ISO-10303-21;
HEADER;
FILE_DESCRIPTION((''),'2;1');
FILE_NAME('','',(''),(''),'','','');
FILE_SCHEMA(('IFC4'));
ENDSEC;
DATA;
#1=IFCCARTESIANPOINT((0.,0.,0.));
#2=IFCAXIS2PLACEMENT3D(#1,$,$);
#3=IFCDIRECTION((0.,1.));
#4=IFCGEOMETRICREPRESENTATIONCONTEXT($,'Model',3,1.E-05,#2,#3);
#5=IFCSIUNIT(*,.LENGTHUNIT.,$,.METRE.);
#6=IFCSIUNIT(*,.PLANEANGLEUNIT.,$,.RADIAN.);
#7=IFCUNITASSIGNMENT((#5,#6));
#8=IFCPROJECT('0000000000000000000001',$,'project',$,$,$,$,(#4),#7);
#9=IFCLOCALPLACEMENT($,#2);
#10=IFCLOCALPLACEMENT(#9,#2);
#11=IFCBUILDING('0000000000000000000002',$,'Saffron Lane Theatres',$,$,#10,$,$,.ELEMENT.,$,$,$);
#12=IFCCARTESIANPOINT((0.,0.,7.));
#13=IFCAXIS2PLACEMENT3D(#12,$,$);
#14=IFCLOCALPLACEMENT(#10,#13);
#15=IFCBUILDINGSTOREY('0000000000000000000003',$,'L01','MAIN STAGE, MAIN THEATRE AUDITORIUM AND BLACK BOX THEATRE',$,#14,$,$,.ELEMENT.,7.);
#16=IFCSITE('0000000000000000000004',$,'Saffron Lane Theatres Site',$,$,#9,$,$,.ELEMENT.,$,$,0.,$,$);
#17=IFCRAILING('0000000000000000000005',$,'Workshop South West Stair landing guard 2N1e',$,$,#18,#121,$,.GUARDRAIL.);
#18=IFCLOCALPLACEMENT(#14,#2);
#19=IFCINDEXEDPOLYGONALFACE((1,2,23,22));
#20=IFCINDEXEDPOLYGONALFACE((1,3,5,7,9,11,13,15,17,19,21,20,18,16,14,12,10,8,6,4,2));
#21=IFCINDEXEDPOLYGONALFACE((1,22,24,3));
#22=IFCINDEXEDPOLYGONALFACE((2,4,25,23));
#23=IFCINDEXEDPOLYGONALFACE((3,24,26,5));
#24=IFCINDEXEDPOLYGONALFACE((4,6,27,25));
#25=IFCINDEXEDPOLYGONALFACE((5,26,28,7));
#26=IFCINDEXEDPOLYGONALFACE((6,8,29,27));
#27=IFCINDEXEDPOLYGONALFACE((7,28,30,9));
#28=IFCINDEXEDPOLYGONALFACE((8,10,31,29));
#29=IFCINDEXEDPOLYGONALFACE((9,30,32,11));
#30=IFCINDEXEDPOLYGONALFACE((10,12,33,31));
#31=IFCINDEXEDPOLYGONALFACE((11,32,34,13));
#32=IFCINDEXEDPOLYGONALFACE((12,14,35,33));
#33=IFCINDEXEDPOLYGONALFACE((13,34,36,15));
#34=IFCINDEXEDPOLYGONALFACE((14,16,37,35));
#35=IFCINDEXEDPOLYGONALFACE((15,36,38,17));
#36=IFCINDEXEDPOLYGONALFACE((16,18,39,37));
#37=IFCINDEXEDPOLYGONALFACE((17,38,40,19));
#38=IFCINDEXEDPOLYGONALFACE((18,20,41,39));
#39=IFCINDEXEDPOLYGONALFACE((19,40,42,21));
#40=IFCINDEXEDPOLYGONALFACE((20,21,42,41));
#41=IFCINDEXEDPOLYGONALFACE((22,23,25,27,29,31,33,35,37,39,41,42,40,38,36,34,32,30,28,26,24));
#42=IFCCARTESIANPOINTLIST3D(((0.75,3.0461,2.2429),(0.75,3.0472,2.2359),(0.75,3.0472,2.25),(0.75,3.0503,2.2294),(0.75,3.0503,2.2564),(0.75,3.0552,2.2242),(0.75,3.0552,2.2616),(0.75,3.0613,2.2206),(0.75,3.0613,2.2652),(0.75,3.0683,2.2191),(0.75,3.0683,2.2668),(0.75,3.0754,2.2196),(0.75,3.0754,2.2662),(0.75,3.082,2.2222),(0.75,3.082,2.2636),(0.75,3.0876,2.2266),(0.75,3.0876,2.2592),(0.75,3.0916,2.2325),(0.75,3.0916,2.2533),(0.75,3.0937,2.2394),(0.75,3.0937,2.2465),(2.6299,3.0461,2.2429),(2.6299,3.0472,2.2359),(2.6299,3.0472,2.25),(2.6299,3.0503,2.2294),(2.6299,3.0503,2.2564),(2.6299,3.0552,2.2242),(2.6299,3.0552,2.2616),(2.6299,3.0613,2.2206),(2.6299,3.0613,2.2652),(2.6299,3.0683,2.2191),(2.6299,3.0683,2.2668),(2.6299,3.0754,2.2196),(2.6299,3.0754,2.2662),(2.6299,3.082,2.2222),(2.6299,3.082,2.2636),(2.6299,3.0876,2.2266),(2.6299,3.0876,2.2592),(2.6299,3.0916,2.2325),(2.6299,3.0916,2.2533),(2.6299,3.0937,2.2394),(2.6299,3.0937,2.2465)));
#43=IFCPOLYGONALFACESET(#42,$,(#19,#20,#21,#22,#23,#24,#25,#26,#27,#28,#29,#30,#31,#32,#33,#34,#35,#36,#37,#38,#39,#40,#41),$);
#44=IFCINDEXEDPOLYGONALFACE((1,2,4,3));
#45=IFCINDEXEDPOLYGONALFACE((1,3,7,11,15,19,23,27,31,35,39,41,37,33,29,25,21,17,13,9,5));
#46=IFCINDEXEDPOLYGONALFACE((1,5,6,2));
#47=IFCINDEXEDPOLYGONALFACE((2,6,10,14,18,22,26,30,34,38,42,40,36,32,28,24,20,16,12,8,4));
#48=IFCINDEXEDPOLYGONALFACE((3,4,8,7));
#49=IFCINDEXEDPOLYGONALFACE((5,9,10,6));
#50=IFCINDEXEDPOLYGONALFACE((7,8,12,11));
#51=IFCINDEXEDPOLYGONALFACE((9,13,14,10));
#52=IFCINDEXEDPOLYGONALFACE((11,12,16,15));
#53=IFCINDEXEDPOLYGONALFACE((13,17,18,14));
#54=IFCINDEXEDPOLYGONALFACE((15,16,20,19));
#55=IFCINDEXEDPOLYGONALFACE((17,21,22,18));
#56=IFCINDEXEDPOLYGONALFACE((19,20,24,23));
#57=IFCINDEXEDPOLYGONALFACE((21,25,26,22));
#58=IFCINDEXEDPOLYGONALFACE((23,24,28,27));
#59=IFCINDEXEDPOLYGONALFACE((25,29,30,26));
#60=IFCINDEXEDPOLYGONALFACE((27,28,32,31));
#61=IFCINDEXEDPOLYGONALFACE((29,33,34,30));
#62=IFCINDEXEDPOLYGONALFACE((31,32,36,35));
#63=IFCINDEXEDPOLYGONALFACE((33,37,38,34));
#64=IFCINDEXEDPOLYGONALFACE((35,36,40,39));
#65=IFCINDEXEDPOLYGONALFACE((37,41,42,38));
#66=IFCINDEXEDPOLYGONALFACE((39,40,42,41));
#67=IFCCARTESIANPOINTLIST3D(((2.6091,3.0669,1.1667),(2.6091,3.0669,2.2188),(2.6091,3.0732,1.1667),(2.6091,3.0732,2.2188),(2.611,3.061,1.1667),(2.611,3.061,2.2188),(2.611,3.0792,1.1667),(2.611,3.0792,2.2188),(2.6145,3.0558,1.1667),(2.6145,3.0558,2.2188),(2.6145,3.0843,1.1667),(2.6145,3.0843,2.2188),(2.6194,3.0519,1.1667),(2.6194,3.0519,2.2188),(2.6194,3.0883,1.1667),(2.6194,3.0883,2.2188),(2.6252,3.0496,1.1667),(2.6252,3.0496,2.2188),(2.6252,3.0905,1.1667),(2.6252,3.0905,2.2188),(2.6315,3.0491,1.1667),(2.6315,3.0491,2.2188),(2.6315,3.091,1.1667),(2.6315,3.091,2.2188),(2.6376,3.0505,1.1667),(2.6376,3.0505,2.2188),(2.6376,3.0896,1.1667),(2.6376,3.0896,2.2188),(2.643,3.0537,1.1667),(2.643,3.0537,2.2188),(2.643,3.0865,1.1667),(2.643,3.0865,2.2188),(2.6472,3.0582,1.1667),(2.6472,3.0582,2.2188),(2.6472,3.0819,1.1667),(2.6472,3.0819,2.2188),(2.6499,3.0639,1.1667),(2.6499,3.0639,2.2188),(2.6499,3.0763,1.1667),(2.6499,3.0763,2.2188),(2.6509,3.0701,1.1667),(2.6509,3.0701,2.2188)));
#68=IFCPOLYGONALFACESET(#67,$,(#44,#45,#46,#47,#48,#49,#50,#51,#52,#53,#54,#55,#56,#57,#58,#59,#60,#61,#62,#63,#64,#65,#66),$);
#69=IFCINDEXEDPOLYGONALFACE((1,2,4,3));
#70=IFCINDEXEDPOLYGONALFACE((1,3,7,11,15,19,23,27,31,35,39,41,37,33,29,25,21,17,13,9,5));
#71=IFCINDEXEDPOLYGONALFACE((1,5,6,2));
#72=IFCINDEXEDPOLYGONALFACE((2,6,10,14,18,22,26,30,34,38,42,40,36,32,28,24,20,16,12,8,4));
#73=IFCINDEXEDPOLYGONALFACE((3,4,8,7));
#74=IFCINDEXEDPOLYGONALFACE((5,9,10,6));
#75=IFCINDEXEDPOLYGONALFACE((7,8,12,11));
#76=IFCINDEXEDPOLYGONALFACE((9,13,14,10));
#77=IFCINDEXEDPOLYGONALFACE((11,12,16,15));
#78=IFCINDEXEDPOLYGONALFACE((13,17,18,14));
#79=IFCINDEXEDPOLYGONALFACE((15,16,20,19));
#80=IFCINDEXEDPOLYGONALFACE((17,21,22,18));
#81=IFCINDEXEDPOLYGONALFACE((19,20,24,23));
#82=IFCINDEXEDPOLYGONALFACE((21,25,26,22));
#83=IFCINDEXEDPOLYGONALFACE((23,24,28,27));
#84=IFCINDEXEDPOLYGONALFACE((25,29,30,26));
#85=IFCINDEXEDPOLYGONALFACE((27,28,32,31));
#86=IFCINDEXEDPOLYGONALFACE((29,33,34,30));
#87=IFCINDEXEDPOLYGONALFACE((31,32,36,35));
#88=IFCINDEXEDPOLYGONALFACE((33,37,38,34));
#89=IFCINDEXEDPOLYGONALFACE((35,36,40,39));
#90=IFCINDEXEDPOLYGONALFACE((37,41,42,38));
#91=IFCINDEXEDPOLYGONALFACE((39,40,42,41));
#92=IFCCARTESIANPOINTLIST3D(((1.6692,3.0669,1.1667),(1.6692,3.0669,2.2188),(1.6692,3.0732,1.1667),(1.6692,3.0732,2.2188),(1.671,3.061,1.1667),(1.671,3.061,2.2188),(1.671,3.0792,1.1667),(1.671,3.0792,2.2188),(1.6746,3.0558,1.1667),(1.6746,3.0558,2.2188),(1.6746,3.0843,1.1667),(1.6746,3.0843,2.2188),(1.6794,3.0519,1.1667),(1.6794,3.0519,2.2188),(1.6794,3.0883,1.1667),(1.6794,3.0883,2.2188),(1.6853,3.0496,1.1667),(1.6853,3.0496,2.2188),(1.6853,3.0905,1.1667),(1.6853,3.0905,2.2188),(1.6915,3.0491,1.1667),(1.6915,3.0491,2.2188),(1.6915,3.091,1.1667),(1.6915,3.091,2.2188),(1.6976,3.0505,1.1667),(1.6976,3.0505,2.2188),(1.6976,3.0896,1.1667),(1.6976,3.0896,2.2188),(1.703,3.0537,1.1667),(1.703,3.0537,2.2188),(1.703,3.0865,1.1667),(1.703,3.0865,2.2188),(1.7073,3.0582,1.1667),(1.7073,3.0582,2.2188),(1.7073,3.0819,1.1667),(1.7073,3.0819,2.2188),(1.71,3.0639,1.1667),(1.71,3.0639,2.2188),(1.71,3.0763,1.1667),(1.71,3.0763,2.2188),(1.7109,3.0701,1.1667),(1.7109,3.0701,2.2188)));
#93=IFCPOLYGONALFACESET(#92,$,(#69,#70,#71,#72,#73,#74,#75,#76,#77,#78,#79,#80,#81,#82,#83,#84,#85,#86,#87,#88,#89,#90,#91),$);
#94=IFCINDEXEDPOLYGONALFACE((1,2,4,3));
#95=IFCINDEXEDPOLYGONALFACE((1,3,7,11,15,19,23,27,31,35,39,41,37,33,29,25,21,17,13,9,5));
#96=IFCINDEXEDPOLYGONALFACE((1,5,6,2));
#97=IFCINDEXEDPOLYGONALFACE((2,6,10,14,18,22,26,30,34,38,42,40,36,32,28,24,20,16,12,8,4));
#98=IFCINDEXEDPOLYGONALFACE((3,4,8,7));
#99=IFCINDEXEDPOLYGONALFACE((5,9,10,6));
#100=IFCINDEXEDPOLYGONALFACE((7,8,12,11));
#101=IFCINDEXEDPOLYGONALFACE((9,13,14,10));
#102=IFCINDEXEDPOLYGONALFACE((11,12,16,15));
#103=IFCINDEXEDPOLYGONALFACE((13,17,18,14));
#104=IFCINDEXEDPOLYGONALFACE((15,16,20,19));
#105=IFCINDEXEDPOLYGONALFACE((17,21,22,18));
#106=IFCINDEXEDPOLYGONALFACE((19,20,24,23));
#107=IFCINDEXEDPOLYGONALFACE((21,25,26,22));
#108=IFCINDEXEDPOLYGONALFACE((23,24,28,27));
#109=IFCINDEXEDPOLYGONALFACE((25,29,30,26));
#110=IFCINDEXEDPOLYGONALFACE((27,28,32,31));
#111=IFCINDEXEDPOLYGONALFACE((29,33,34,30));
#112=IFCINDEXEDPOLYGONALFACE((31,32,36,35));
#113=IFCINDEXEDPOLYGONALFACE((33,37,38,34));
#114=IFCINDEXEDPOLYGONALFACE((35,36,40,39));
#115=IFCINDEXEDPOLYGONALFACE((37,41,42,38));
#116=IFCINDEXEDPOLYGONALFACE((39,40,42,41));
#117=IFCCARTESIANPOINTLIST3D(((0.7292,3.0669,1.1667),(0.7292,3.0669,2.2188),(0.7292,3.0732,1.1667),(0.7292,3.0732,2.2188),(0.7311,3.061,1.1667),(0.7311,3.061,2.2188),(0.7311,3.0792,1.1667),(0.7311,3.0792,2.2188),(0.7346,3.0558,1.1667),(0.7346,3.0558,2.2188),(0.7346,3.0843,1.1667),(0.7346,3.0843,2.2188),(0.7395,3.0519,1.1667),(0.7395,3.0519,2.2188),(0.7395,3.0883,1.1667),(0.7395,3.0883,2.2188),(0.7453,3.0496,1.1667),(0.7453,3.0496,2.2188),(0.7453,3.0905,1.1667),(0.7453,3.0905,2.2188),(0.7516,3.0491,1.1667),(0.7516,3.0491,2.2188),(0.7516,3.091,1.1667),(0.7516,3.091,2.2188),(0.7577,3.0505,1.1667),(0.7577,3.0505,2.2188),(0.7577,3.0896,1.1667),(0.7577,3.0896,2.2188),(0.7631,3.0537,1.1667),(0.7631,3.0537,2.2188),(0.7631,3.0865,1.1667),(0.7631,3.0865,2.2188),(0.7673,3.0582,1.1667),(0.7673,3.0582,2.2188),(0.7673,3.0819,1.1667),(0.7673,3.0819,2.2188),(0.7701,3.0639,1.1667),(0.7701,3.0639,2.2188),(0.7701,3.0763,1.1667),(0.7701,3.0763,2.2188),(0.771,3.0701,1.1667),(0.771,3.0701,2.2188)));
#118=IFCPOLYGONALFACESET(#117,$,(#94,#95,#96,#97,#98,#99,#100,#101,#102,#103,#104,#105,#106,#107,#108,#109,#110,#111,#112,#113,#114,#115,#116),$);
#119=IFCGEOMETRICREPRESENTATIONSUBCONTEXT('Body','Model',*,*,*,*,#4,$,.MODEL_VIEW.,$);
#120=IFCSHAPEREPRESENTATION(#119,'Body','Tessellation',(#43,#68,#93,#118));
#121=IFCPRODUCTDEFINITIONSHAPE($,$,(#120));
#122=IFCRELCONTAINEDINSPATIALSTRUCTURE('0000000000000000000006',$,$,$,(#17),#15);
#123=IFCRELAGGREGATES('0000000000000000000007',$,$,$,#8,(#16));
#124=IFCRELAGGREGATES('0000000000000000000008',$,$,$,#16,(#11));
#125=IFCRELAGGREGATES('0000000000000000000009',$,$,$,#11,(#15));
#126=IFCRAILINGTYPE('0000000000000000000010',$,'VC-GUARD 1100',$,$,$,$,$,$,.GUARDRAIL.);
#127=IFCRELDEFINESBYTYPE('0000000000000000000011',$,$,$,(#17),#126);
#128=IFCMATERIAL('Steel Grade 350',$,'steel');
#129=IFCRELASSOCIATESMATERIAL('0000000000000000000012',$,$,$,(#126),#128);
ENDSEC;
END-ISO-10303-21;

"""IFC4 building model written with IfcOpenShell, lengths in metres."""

from ifc_helpers import new_model, si_unit, direction, frame, origin, origin_2d, place, context, subcontext, project, spatial, circle, extrude, material, type_object, element, save


model = new_model("IFC4")

# Units and contexts
model_context = context("Model", 3, precision=1e-05, world=origin(), true_north=direction((0.0, 1.0)))
body_context = subcontext(model_context, "Body", "Model", "MODEL_VIEW")
ifc_project = project(units=[si_unit("LENGTHUNIT", "METRE"), si_unit("PLANEANGLEUNIT", "RADIAN")], contexts=[model_context])

# Site, building, storey
site_placement = place(None, origin())
site = spatial("IfcSite", under=ifc_project, at=site_placement, Name="Saffron Lane Theatres Site", CompositionType="ELEMENT", RefElevation=0.0)
building_placement = place(site_placement, origin())
building = spatial("IfcBuilding", under=site, at=building_placement, Name="Saffron Lane Theatres", CompositionType="ELEMENT")
storey_placement = place(building_placement, frame((0.0, 0.0, 7.0)))
storey = spatial("IfcBuildingStorey", under=building, at=storey_placement, Name="L01", Description="MAIN STAGE, MAIN THEATRE AUDITORIUM AND BLACK BOX THEATRE", CompositionType="ELEMENT", Elevation=7.0)

# Railing
ifc_material_1 = material(Name="Steel Grade 350", Category="steel")
railing_type_1 = type_object("IfcRailingType", Name="VC-GUARD 1100", PredefinedType="GUARDRAIL", material=ifc_material_1)
railing_1_placement = place(storey_placement, frame((2.6299, 3.0701, 1.1667)))
element("IfcRailing", 1, at=railing_1_placement, inside=storey, type_object=railing_type_1, Name="Workshop South West Stair landing guard 2N1e", PredefinedType="GUARDRAIL", context=body_context, shape_type="SweptSolid", body=[
    extrude(circle(Radius=0.0239, at=origin_2d()), frame((0.0, 0.0, 1.0762), z_axis=(-1.0, 0.0, 0.0), x_axis=(0.0, -1.0, 0.0)), (0.0, 0.0, 1.0), 1.8799),
    extrude(circle(Radius=0.021, at=origin_2d()), origin(), (0.0, 0.0, 1.0), 1.052),
    extrude(circle(Radius=0.021, at=origin_2d()), frame((-0.9399, 0.0, 0.0)), (0.0, 0.0, 1.0), 1.052),
    extrude(circle(Radius=0.021, at=origin_2d()), frame((-1.8799, 0.0, 0.0)), (0.0, 0.0, 1.0), 1.052),
])

save(model, "model.ifc")
